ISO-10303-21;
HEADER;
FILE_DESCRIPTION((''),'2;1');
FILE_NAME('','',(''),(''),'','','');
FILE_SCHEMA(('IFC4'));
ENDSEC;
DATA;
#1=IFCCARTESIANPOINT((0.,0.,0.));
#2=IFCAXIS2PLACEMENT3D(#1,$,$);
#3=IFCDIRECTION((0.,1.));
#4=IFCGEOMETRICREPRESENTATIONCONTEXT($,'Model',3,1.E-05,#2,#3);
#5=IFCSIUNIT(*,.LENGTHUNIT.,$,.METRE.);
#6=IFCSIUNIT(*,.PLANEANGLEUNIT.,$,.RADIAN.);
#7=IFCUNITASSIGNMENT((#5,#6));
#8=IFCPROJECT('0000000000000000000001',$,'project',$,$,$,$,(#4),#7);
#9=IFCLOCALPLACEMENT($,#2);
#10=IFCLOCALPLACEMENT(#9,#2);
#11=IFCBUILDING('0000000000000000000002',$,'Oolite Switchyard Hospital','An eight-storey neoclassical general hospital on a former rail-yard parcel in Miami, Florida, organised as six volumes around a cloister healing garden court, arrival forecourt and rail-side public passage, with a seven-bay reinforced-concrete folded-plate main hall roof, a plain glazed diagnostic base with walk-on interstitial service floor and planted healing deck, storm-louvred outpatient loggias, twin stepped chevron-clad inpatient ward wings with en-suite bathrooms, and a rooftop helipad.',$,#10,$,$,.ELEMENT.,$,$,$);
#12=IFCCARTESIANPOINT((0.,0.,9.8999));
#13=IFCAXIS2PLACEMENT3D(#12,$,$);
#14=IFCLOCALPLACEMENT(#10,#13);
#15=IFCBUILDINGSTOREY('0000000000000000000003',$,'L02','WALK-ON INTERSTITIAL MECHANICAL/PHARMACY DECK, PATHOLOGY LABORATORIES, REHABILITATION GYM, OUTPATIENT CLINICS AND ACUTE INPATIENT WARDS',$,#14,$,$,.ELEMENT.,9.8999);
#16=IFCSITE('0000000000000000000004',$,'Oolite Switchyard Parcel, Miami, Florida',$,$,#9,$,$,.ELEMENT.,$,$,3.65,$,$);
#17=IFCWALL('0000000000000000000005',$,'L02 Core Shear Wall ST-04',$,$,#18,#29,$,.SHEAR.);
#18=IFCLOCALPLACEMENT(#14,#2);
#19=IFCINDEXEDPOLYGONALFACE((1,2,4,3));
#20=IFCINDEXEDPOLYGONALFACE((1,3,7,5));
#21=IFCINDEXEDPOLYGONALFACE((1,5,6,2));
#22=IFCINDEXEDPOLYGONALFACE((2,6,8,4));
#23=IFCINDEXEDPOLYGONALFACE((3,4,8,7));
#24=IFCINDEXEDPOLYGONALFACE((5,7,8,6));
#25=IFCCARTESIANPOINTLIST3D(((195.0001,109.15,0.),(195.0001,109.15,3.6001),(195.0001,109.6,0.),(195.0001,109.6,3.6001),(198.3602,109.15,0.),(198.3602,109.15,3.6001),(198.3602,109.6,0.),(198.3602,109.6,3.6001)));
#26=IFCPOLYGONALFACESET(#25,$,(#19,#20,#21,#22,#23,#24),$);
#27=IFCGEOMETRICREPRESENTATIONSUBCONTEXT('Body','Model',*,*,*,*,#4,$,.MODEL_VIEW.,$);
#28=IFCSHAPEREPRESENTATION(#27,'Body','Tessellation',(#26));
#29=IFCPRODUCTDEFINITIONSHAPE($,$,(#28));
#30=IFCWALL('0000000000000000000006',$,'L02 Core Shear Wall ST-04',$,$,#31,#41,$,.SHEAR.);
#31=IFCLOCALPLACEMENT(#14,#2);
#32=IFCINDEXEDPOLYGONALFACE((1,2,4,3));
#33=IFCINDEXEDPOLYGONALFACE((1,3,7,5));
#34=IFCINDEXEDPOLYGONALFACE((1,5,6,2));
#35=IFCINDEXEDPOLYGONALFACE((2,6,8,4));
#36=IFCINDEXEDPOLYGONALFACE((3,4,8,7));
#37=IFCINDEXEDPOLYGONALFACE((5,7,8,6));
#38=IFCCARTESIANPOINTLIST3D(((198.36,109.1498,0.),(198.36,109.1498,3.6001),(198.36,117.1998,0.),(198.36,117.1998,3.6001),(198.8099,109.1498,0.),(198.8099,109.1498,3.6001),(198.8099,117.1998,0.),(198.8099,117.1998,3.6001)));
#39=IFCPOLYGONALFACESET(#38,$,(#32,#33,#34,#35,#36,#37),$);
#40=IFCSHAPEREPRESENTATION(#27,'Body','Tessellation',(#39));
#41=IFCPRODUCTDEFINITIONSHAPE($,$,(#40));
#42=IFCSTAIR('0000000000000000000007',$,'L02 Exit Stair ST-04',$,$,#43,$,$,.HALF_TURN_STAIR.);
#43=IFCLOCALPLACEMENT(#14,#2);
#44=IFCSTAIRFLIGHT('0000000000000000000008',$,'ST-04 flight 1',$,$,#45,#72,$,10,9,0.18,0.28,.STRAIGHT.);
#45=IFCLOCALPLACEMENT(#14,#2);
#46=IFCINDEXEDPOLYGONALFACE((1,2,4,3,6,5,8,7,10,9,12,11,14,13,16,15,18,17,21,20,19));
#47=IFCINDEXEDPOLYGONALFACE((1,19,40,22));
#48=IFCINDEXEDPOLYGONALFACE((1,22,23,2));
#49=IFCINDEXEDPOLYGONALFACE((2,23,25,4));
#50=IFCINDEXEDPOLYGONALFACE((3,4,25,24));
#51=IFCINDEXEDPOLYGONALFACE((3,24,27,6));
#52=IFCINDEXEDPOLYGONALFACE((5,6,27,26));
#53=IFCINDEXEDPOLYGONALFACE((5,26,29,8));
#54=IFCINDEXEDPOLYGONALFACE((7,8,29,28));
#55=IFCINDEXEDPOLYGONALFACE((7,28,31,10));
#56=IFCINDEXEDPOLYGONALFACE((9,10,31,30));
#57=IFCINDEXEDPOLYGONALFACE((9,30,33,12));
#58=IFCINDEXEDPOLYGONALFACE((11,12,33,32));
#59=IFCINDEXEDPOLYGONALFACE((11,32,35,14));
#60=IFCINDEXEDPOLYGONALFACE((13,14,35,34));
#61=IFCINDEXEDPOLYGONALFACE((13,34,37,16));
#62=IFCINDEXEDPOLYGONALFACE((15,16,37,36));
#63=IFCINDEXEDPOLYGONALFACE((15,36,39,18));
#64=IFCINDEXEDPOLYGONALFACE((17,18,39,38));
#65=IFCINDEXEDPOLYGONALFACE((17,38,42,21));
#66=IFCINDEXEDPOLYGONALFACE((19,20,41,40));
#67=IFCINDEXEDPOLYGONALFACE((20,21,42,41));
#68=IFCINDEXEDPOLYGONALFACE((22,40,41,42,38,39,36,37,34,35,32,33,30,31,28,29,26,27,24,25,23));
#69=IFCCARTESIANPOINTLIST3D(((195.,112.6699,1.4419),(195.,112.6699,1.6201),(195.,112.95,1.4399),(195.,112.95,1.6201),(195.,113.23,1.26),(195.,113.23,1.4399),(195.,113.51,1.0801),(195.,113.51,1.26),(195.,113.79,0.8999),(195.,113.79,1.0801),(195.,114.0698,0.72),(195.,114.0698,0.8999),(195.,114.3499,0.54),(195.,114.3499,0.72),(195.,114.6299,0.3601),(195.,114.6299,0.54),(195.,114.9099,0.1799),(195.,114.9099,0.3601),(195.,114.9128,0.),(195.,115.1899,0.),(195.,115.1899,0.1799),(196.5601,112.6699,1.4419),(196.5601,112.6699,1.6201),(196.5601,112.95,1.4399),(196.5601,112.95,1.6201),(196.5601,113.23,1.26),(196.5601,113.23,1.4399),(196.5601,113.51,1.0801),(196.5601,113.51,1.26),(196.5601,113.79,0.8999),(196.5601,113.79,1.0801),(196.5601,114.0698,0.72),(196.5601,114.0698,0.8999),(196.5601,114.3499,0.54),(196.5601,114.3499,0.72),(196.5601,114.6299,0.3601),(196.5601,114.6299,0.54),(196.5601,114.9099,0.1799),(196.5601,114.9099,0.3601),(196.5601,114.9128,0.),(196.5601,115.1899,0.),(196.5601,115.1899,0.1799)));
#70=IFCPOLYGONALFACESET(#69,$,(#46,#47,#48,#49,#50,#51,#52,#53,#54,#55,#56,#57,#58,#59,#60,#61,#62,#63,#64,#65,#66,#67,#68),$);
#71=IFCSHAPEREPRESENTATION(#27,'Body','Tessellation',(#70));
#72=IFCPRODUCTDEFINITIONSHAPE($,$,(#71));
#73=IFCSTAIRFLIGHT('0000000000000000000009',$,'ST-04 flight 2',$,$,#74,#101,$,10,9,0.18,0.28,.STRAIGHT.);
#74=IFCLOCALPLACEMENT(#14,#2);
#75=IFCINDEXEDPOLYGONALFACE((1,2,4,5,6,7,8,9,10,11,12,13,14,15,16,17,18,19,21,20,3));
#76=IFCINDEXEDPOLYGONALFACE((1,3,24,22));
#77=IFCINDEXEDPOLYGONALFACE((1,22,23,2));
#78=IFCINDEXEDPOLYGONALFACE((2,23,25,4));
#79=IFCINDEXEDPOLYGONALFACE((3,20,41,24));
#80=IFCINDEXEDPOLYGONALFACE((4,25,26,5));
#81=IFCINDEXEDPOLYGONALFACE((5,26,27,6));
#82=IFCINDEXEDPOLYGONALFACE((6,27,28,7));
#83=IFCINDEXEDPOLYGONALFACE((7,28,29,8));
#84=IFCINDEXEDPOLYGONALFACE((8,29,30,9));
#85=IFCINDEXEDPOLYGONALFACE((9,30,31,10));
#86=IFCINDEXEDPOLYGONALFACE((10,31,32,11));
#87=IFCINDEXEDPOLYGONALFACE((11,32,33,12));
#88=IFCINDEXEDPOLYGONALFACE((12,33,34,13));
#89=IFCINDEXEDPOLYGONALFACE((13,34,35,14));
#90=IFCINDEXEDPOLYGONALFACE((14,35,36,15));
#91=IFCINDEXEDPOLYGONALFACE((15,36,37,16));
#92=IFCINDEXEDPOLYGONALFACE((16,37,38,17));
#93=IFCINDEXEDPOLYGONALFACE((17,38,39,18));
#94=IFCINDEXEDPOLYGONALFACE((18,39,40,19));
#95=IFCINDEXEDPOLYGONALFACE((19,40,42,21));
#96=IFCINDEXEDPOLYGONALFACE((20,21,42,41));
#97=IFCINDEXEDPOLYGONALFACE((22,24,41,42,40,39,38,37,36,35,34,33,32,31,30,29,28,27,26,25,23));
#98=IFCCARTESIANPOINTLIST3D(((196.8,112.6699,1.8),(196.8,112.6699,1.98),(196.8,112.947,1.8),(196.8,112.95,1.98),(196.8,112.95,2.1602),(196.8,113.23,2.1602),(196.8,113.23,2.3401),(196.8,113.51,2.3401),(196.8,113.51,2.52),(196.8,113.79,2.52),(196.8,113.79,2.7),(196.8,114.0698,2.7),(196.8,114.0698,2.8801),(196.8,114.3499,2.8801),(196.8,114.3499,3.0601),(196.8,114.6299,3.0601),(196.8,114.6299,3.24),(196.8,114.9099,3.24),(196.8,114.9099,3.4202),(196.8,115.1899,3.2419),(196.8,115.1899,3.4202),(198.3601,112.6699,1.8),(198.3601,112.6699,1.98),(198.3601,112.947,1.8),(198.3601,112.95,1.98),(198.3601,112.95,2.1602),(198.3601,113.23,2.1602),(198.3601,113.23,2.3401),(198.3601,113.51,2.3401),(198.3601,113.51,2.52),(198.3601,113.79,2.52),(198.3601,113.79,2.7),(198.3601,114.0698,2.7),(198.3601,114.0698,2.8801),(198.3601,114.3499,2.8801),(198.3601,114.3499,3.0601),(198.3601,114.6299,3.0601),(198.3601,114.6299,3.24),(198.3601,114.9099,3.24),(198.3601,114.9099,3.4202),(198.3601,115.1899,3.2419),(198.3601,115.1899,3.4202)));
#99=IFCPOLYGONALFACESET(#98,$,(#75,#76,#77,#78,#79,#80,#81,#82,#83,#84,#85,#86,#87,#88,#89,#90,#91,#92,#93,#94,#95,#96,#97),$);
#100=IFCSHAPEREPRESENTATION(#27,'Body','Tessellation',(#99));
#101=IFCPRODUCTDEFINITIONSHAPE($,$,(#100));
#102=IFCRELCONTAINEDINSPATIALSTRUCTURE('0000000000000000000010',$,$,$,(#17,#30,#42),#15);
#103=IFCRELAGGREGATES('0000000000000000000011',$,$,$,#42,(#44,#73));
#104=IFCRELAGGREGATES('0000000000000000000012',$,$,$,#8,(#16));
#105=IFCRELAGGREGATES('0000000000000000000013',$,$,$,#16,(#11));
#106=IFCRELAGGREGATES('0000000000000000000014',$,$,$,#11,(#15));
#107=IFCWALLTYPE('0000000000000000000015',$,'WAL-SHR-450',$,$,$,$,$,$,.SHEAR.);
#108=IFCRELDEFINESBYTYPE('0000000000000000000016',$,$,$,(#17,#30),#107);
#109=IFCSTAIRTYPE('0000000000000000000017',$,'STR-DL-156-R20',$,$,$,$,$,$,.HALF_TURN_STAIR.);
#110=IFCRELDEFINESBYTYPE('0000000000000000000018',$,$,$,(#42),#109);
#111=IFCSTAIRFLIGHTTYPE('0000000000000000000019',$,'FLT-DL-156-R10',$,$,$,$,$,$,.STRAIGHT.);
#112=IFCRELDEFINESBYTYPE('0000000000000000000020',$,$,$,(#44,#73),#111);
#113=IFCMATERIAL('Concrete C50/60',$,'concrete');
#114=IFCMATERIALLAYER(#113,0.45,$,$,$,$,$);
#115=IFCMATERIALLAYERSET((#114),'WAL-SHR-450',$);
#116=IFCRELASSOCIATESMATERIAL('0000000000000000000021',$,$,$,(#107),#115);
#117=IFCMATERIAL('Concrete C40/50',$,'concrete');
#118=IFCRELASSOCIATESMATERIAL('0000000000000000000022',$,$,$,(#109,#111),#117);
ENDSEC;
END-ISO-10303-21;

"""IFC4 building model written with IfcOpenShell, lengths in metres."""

from ifc_helpers import new_model, si_unit, direction, frame, frame_2d, origin, place, context, subcontext, project, spatial, polyline, rectangle, outline, extrude, material, layer, layer_set, type_object, element, aggregate, save


model = new_model("IFC4")

# Units and contexts
model_context = context("Model", 3, precision=1e-05, world=origin(), true_north=direction((0.0, 1.0)))
body_context = subcontext(model_context, "Body", "Model", "MODEL_VIEW")
ifc_project = project(units=[si_unit("LENGTHUNIT", "METRE"), si_unit("PLANEANGLEUNIT", "RADIAN")], contexts=[model_context])

# Site, building, storey
site_placement = place(None, origin())
site = spatial("IfcSite", under=ifc_project, at=site_placement, Name="Oolite Switchyard Parcel, Miami, Florida", CompositionType="ELEMENT", RefElevation=3.65)
building_placement = place(site_placement, origin())
building = spatial("IfcBuilding", under=site, at=building_placement, Name="Oolite Switchyard Hospital", Description="An eight-storey neoclassical general hospital on a former rail-yard parcel in Miami, Florida, organised as six volumes around a cloister healing garden court, arrival forecourt and rail-side public passage, with a seven-bay reinforced-concrete folded-plate main hall roof, a plain glazed diagnostic base with walk-on interstitial service floor and planted healing deck, storm-louvred outpatient loggias, twin stepped chevron-clad inpatient ward wings with en-suite bathrooms, and a rooftop helipad.", CompositionType="ELEMENT")
storey_placement = place(building_placement, frame((0.0, 0.0, 9.8999)))
storey = spatial("IfcBuildingStorey", under=building, at=storey_placement, Name="L02", Description="WALK-ON INTERSTITIAL MECHANICAL/PHARMACY DECK, PATHOLOGY LABORATORIES, REHABILITATION GYM, OUTPATIENT CLINICS AND ACUTE INPATIENT WARDS", CompositionType="ELEMENT", Elevation=9.8999)

# Shared definitions
ifc_material_1 = material(Name="Concrete C50/60", Category="concrete")

# Shared definitions
ifc_material_2 = material(Name="Concrete C40/50", Category="concrete")

# Walls
ifc_layer_1 = layer(ifc_material_1, 0.45)
ifc_layer_set_1 = layer_set([ifc_layer_1], Name="WAL-SHR-450")
wall_type_1 = type_object("IfcWallType", Name="WAL-SHR-450", PredefinedType="SHEAR", material=ifc_layer_set_1)
wall_1_placement = place(storey_placement, frame((195.0, 109.375, 0.0), z_axis=(0.0, 0.0, 1.0), x_axis=(1.0, 0.0, 0.0)))
element("IfcWall", 1, at=wall_1_placement, inside=storey, type_object=wall_type_1, Name="L02 Core Shear Wall ST-04", PredefinedType="SHEAR", context=body_context, shape_type="SweptSolid", body=[
    extrude(rectangle(XDim=3.3601, YDim=0.45, at=frame_2d((1.6802, 0.0))), origin(), (0.0, 0.0, 1.0), 3.6001),
])
wall_2_placement = place(storey_placement, frame((198.585, 109.1499, 0.0), z_axis=(0.0, 0.0, 1.0), x_axis=(0.0, 1.0, 0.0)))
element("IfcWall", 2, at=wall_2_placement, inside=storey, type_object=wall_type_1, Name="L02 Core Shear Wall ST-04", PredefinedType="SHEAR", context=body_context, shape_type="SweptSolid", body=[
    extrude(rectangle(XDim=8.05, YDim=0.45, at=frame_2d((4.0249, 0.0))), origin(), (0.0, 0.0, 1.0), 3.6001),
])

# Stair, stair flights
stair_type = type_object("IfcStairType", Name="STR-DL-156-R20", PredefinedType="HALF_TURN_STAIR", material=ifc_material_2)
stair_placement = place(storey_placement, origin())
stair = element("IfcStair", 3, at=stair_placement, inside=storey, type_object=stair_type, Name="L02 Exit Stair ST-04", PredefinedType="HALF_TURN_STAIR")
stair_flight_type = type_object("IfcStairFlightType", Name="FLT-DL-156-R10", PredefinedType="STRAIGHT", material=ifc_material_2)
stair_flight_1_placement = place(storey_placement, frame((195.78, 115.1899, 0.0), z_axis=(0.0, 0.0, 1.0), x_axis=(0.0, -1.0, 0.0)))
stair_flight_1 = element("IfcStairFlight", 4, at=stair_flight_1_placement, type_object=stair_flight_type, Name="ST-04 flight 1", NumberOfRisers=10, NumberOfTreads=9, PredefinedType="STRAIGHT", RiserHeight=0.18, TreadLength=0.28, context=body_context, shape_type="SweptSolid", body=[
    extrude(outline(polyline([(0.0, 0.0), (0.0, 0.1799), (0.28, 0.1799), (0.28, 0.3601), (0.5601, 0.3601), (0.5601, 0.54), (0.8401, 0.54), (0.8401, 0.72), (1.1201, 0.72), (1.1201, 0.8999), (1.3999, 0.8999), (1.3999, 1.0801), (1.6799, 1.0801), (1.6799, 1.26), (1.96, 1.26), (1.96, 1.4399), (2.24, 1.4399), (2.24, 1.6201), (2.52, 1.6201), (2.52, 1.8), (2.52, 1.4419), (0.2771, 0.0), (0.0, 0.0)])), frame((0.0, 0.78, 0.0), z_axis=(0.0, -1.0, 0.0), x_axis=(1.0, 0.0, 0.0)), (0.0, 0.0, 1.0), 1.5601),
])
stair_flight_2_placement = place(storey_placement, frame((197.5801, 112.6699, 1.8), z_axis=(0.0, 0.0, 1.0), x_axis=(0.0, 1.0, 0.0)))
stair_flight_2 = element("IfcStairFlight", 5, at=stair_flight_2_placement, type_object=stair_flight_type, Name="ST-04 flight 2", NumberOfRisers=10, NumberOfTreads=9, PredefinedType="STRAIGHT", RiserHeight=0.18, TreadLength=0.28, context=body_context, shape_type="SweptSolid", body=[
    extrude(outline(polyline([(0.0, 0.0), (0.0, 0.1799), (0.28, 0.1799), (0.28, 0.3601), (0.5601, 0.3601), (0.5601, 0.54), (0.8401, 0.54), (0.8401, 0.72), (1.1201, 0.72), (1.1201, 0.8999), (1.3999, 0.8999), (1.3999, 1.0801), (1.6799, 1.0801), (1.6799, 1.26), (1.96, 1.26), (1.96, 1.4399), (2.24, 1.4399), (2.24, 1.6201), (2.52, 1.6201), (2.52, 1.8), (2.52, 1.4419), (0.2771, 0.0), (0.0, 0.0)])), frame((0.0, 0.78, 0.0), z_axis=(0.0, -1.0, 0.0), x_axis=(1.0, 0.0, 0.0)), (0.0, 0.0, 1.0), 1.5601),
])
aggregate(stair, [stair_flight_1, stair_flight_2])

save(model, "model.ifc")
